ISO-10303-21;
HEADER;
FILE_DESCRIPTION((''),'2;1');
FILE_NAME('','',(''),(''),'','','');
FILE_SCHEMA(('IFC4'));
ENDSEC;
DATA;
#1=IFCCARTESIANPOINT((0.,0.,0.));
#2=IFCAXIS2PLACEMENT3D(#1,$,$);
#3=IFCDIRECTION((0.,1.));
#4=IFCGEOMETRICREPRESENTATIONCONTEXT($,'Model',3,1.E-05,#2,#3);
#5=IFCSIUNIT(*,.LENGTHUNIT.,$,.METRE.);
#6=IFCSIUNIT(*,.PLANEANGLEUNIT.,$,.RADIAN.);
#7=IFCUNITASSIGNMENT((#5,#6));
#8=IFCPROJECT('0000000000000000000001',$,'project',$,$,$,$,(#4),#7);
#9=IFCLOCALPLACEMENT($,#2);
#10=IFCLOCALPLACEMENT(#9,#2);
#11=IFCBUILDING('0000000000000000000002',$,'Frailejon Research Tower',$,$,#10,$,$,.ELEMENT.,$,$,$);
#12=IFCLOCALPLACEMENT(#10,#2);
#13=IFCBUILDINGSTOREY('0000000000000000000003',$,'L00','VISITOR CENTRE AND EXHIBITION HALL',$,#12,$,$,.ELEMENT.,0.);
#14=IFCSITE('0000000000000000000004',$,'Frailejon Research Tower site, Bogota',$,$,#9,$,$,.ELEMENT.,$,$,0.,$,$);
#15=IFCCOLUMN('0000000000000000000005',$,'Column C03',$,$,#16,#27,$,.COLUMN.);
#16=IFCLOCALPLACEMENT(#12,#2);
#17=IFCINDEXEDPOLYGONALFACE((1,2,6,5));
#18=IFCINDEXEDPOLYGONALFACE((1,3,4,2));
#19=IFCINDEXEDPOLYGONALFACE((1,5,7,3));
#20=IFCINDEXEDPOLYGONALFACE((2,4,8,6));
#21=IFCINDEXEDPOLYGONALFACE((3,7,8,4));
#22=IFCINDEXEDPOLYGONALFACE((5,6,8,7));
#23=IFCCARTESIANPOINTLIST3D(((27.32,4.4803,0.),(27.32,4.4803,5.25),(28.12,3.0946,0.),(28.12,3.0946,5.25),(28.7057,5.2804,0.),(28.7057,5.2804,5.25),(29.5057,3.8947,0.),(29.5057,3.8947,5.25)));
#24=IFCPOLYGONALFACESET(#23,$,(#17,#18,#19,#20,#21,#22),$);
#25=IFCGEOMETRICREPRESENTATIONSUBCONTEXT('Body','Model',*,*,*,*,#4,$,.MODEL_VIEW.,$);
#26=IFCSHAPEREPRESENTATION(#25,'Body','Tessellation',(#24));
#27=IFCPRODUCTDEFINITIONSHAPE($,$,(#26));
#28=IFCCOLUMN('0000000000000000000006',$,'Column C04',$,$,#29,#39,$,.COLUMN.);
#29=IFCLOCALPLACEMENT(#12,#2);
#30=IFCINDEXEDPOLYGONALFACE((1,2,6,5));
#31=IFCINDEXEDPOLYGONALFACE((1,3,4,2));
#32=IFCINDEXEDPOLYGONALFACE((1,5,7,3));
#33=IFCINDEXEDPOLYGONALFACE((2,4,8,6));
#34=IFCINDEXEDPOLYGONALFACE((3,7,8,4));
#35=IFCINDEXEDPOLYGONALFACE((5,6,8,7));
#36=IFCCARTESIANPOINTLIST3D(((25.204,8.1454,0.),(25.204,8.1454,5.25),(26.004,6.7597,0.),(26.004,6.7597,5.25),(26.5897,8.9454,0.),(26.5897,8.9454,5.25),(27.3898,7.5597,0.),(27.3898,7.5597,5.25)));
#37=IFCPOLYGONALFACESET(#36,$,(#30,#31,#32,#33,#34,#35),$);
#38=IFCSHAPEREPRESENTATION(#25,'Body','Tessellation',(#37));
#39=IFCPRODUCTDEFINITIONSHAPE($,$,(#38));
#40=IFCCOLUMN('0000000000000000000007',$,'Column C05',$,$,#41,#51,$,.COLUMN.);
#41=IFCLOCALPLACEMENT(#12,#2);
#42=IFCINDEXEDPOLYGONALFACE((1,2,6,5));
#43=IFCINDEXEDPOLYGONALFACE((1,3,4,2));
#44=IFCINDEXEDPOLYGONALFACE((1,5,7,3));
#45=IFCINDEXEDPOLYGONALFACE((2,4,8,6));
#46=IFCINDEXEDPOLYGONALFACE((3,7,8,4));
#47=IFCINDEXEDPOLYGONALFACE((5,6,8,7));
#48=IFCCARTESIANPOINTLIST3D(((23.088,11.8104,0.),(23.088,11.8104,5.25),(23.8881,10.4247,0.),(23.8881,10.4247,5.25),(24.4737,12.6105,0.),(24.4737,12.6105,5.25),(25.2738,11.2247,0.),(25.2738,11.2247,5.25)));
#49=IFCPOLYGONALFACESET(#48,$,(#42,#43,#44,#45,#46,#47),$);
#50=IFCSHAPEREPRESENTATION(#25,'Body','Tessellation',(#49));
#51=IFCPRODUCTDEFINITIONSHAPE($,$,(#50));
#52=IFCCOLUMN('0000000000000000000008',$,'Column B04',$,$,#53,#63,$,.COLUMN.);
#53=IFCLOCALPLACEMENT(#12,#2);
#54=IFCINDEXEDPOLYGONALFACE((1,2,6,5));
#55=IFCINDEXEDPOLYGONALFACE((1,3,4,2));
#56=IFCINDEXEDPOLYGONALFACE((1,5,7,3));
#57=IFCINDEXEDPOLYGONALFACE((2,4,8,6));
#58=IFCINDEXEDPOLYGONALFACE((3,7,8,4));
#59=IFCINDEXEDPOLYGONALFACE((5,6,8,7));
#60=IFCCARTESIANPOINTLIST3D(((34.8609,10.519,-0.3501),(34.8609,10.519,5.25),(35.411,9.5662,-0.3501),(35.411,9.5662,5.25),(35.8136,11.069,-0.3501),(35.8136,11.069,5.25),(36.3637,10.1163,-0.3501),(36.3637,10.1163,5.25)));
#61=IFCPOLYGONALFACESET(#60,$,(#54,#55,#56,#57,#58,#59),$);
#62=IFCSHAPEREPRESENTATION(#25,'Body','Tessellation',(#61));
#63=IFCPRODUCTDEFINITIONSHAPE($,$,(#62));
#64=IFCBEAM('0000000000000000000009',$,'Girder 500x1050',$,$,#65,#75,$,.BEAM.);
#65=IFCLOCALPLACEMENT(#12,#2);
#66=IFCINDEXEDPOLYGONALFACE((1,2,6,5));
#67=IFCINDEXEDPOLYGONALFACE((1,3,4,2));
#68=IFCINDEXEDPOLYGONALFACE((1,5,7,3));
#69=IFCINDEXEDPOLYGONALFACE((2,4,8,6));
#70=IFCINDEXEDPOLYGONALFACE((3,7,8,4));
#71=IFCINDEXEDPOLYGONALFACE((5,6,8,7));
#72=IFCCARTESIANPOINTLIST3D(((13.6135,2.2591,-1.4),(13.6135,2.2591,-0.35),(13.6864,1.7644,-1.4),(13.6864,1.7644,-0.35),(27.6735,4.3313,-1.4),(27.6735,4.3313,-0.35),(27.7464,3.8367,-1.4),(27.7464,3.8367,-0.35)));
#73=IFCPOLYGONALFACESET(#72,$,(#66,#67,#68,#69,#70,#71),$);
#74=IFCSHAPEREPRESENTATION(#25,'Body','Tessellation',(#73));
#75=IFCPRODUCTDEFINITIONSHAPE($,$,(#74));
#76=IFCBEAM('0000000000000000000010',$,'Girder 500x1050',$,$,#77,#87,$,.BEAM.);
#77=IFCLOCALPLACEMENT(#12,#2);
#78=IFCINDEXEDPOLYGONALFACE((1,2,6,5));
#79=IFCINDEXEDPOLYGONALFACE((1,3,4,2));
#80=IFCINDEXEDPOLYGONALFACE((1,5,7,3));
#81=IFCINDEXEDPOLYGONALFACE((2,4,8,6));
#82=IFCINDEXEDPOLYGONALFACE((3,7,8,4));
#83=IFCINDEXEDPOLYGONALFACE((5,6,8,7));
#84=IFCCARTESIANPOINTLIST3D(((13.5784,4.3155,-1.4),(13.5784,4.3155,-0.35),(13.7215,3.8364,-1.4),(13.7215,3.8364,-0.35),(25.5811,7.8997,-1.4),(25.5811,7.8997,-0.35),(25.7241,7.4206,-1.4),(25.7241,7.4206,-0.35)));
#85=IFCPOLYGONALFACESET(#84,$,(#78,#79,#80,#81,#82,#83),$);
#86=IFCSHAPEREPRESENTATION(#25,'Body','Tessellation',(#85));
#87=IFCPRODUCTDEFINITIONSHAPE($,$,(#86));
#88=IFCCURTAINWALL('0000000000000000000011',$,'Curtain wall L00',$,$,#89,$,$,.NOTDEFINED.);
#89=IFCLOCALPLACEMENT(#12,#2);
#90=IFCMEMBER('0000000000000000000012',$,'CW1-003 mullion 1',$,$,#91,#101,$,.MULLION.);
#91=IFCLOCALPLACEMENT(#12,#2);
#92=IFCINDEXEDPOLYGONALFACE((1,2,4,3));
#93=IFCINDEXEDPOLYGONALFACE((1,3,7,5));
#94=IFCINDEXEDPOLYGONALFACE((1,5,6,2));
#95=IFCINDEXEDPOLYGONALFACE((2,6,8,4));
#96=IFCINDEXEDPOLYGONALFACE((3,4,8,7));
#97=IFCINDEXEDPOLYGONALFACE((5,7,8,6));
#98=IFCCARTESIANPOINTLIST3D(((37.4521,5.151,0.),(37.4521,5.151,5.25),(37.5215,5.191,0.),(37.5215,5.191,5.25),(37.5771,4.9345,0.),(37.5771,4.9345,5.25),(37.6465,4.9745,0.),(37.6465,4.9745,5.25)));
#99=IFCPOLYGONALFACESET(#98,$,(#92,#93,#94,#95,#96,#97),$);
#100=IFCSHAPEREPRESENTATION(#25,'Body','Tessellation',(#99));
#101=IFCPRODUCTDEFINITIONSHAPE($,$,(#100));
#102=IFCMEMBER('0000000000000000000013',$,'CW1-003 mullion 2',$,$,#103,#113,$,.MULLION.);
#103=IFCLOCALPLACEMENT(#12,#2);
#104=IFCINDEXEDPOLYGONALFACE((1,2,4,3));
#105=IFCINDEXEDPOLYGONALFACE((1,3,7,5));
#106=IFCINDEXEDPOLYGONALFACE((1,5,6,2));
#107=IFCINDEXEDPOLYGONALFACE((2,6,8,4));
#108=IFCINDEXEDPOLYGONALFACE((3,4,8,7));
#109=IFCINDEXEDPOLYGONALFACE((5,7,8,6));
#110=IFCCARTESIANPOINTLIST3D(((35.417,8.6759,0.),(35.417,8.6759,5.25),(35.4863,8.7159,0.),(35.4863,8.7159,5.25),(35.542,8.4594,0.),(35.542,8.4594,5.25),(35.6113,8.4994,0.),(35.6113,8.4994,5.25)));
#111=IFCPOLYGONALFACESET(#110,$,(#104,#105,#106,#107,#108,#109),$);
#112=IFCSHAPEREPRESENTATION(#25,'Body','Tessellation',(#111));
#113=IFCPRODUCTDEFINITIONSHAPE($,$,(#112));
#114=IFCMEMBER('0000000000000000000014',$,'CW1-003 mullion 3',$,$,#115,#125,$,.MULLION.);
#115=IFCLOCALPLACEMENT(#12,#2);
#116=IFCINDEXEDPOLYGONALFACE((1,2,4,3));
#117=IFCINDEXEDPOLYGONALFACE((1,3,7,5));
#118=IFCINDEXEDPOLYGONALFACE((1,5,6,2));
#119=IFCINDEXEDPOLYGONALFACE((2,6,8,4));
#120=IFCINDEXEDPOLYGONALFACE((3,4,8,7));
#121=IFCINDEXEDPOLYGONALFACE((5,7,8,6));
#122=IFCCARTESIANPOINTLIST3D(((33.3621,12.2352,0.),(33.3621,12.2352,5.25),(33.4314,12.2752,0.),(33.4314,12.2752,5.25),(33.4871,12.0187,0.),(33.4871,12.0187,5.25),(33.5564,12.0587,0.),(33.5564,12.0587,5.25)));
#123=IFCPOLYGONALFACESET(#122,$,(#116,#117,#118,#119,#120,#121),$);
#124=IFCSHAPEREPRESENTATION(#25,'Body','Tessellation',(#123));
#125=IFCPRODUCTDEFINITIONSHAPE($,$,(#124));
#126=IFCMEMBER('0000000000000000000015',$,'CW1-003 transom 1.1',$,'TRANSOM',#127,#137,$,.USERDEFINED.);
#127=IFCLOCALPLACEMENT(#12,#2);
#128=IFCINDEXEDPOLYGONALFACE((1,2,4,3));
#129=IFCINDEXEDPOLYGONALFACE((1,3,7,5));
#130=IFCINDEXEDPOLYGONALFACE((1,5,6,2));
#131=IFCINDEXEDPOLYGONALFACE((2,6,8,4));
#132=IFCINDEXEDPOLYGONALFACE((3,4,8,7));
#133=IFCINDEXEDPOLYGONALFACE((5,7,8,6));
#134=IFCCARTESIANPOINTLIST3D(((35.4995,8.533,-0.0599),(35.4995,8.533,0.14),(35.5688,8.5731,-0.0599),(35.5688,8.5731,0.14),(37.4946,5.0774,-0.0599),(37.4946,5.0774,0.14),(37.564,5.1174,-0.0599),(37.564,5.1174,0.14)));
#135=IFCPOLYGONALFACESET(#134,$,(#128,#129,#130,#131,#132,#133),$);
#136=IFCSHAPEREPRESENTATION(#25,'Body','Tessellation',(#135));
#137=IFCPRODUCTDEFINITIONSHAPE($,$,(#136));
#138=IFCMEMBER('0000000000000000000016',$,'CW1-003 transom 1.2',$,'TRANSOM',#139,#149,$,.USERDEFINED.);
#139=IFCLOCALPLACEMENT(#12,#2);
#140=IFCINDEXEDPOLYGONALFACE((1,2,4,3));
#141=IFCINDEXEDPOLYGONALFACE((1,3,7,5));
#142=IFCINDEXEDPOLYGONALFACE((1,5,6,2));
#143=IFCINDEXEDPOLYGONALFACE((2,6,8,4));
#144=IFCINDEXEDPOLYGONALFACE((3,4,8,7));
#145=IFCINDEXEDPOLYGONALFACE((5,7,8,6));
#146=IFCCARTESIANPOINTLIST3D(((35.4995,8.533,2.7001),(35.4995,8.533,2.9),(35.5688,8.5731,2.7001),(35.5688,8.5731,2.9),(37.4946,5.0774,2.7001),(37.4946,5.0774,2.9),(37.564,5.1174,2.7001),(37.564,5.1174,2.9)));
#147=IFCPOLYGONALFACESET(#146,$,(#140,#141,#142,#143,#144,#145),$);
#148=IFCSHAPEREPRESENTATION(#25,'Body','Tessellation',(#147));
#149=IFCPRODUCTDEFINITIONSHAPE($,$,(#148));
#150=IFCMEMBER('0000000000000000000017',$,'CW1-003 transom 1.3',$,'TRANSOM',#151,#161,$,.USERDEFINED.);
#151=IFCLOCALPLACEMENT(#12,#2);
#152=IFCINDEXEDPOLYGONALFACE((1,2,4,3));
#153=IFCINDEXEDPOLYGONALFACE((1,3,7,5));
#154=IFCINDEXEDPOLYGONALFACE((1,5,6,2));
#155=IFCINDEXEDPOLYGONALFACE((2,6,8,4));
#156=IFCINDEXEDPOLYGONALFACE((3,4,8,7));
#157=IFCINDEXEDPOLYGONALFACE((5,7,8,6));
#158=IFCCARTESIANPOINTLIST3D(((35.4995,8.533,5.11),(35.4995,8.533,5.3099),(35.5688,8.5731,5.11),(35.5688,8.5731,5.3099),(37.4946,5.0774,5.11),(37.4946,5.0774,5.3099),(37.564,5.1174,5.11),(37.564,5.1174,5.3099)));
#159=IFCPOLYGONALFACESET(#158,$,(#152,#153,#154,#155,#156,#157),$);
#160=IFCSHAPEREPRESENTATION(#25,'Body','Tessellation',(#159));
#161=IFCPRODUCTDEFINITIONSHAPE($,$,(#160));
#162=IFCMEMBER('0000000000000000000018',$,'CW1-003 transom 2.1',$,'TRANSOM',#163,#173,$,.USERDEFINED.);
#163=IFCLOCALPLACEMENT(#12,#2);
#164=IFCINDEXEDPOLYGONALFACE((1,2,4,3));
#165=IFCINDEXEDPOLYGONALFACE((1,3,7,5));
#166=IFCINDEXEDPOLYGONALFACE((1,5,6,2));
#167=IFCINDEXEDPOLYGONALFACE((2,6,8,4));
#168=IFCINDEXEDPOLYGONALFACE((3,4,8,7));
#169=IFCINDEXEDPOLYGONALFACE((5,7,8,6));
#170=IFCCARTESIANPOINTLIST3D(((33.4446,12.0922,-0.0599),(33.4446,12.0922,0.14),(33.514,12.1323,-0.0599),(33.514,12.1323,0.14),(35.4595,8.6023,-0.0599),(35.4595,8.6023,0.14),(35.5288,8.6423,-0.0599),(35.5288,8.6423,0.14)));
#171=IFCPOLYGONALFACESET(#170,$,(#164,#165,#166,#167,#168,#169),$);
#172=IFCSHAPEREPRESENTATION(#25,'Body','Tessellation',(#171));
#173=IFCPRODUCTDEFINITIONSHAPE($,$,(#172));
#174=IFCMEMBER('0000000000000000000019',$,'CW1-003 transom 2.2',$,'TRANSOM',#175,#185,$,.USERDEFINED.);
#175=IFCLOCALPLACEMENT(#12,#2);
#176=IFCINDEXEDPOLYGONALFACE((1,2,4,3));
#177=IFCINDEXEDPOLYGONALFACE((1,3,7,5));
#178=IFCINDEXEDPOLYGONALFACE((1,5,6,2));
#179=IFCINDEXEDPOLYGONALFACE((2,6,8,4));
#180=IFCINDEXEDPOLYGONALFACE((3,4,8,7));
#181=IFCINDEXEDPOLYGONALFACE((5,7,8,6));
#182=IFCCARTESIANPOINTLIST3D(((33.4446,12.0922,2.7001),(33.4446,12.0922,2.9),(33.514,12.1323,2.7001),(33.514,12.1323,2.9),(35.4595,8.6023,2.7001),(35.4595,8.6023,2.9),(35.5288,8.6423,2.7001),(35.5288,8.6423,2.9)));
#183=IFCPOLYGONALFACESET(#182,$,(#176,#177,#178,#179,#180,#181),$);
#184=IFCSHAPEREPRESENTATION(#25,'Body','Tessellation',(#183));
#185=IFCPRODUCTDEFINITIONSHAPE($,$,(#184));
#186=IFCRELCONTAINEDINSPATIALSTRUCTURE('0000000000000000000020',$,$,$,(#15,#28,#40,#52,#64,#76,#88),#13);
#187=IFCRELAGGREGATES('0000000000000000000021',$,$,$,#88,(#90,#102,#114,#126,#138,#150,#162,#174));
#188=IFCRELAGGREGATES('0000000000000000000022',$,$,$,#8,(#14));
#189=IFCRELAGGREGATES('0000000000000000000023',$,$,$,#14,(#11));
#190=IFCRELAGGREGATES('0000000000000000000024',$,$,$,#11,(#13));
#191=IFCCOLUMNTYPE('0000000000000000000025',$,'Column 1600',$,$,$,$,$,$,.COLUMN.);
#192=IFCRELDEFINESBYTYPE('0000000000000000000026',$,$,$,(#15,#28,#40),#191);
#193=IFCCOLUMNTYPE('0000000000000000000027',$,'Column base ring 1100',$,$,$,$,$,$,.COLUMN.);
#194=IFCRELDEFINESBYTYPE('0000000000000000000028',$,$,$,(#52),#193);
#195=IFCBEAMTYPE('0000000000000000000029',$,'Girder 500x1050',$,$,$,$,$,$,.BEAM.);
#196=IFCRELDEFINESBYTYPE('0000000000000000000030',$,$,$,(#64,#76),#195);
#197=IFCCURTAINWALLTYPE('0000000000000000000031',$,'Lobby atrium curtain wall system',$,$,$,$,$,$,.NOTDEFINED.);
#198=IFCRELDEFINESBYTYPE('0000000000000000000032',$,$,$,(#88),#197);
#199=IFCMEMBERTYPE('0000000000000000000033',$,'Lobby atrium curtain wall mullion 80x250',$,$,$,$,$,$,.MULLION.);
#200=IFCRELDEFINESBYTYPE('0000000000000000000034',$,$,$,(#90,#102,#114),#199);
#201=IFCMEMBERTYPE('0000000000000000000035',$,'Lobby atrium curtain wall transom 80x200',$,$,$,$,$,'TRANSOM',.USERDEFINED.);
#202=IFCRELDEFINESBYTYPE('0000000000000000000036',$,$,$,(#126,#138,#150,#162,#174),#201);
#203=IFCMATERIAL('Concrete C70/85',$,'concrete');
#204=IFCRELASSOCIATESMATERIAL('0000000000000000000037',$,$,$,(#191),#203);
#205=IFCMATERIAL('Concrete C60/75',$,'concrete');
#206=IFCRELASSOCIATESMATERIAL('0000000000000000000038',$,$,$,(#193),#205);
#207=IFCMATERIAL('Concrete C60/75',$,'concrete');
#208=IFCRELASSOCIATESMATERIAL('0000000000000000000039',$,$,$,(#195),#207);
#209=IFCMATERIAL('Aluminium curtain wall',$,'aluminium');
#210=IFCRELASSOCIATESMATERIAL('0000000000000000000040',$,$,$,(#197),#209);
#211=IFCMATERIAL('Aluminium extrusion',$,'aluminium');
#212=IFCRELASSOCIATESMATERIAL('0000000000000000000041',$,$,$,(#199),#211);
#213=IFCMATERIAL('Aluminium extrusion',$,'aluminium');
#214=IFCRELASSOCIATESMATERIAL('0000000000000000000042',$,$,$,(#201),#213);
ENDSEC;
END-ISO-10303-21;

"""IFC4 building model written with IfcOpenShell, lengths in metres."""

from ifc_helpers import new_model, si_unit, direction, frame, origin, origin_2d, place, context, subcontext, project, spatial, rectangle, extrude, material, material_profile, profile_set, type_object, element, aggregate, save


model = new_model("IFC4")

# Units and contexts
model_context = context("Model", 3, precision=1e-05, world=origin(), true_north=direction((0.0, 1.0)))
body_context = subcontext(model_context, "Body", "Model", "MODEL_VIEW")
ifc_project = project(units=[si_unit("LENGTHUNIT", "METRE"), si_unit("PLANEANGLEUNIT", "RADIAN")], contexts=[model_context])

# Site, building, storey
site_placement = place(None, origin())
site = spatial("IfcSite", under=ifc_project, at=site_placement, Name="Frailejon Research Tower site, Bogota", CompositionType="ELEMENT", RefElevation=0.0)
building_placement = place(site_placement, origin())
building = spatial("IfcBuilding", under=site, at=building_placement, Name="Frailejon Research Tower", CompositionType="ELEMENT")
storey_placement = place(building_placement, origin())
storey = spatial("IfcBuildingStorey", under=building, at=storey_placement, Name="L00", Description="VISITOR CENTRE AND EXHIBITION HALL", CompositionType="ELEMENT", Elevation=0.0)

# Columns
ifc_material_1 = material(Name="Concrete C70/85", Category="concrete")
ifc_material_profile_1 = material_profile(ifc_material_1, rectangle(XDim=1.6001, YDim=1.6001, at=origin_2d()), Name="Column 1600")
ifc_profile_set_1 = profile_set([ifc_material_profile_1], Name="Concrete C70/85")
column_type_1 = type_object("IfcColumnType", Name="Column 1600", PredefinedType="COLUMN", material=ifc_profile_set_1)
for number, where, z_axis, x_axis, name in (
    (1, (28.4128, 4.1875, 0.0), (0.0, 0.0, 1.0), (-0.5, 0.866025, 0.0), "Column C03"),
    (2, (26.2969, 7.8525, 0.0), (0.0, 0.0, 1.0), (-0.5, 0.866025, 0.0), "Column C04"),
    (3, (24.1809, 11.5176, 0.0), (0.0, 0.0, 1.0), (-0.5, 0.866025, 0.0), "Column C05"),
):
    element("IfcColumn", number, at=place(storey_placement, frame(where, z_axis=z_axis, x_axis=x_axis)), inside=storey, type_object=column_type_1, Name=name, PredefinedType="COLUMN", context=body_context, shape_type="SweptSolid", body=[
        extrude(rectangle(XDim=1.6001, YDim=1.6001, at=origin_2d()), origin(), (0.0, 0.0, 1.0), 5.25),
    ])
ifc_material_2 = material(Name="Concrete C60/75", Category="concrete")
ifc_material_profile_2 = material_profile(ifc_material_2, rectangle(XDim=1.1001, YDim=1.1001, at=origin_2d()), Name="Column base ring 1100")
ifc_profile_set_2 = profile_set([ifc_material_profile_2], Name="Concrete C60/75")
column_type_2 = type_object("IfcColumnType", Name="Column base ring 1100", PredefinedType="COLUMN", material=ifc_profile_set_2)
column_placement = place(storey_placement, frame((35.6123, 10.3176, -0.3501), z_axis=(0.0, 0.0, 1.0), x_axis=(-0.5, 0.866025, 0.0)))
element("IfcColumn", 4, at=column_placement, inside=storey, type_object=column_type_2, Name="Column B04", PredefinedType="COLUMN", context=body_context, shape_type="SweptSolid", body=[
    extrude(rectangle(XDim=1.1001, YDim=1.1001, at=origin_2d()), origin(), (0.0, 0.0, 1.0), 5.6001),
])

# Beams
ifc_material_3 = material(Name="Concrete C60/75", Category="concrete")
ifc_material_profile_3 = material_profile(ifc_material_3, rectangle(XDim=0.5, YDim=1.05, at=origin_2d()), Name="Girder 500x1050")
ifc_profile_set_3 = profile_set([ifc_material_profile_3], Name="Concrete C60/75")
beam_type_1 = type_object("IfcBeamType", Name="Girder 500x1050", PredefinedType="BEAM", material=ifc_profile_set_3)
beam_1_placement = place(storey_placement, frame((27.71, 4.084, -0.875), z_axis=(-0.989312, -0.145811, 0.0), x_axis=(0.145811, -0.989312, 0.0)))
element("IfcBeam", 5, at=beam_1_placement, inside=storey, type_object=beam_type_1, Name="Girder 500x1050", PredefinedType="BEAM", context=body_context, shape_type="SweptSolid", body=[
    extrude(rectangle(XDim=0.5, YDim=1.05, at=origin_2d()), origin(), (0.0, 0.0, 1.0), 14.2119),
])
beam_2_placement = place(storey_placement, frame((25.6526, 7.6602, -0.875), z_axis=(-0.95819, -0.286134, 0.0), x_axis=(0.286134, -0.95819, 0.0)))
element("IfcBeam", 6, at=beam_2_placement, inside=storey, type_object=beam_type_1, Name="Girder 500x1050", PredefinedType="BEAM", context=body_context, shape_type="SweptSolid", body=[
    extrude(rectangle(XDim=0.5, YDim=1.05, at=origin_2d()), origin(), (0.0, 0.0, 1.0), 12.5264),
])

# Curtain wall, members
ifc_material_4 = material(Name="Aluminium curtain wall", Category="aluminium")
curtain_wall_type = type_object("IfcCurtainWallType", Name="Lobby atrium curtain wall system", PredefinedType="NOTDEFINED", material=ifc_material_4)
curtain_wall_placement = place(storey_placement, origin())
curtain_wall = element("IfcCurtainWall", 7, at=curtain_wall_placement, inside=storey, type_object=curtain_wall_type, Name="Curtain wall L00", PredefinedType="NOTDEFINED")
ifc_material_5 = material(Name="Aluminium extrusion", Category="aluminium")
ifc_material_profile_4 = material_profile(ifc_material_5, rectangle(XDim=0.0801, YDim=0.25, at=origin_2d()), Name="Lobby atrium curtain wall mullion 80x250")
ifc_profile_set_4 = profile_set([ifc_material_profile_4], Name="Aluminium extrusion")
member_type_1 = type_object("IfcMemberType", Name="Lobby atrium curtain wall mullion 80x250", PredefinedType="MULLION", material=ifc_profile_set_4)
member_1_placement = place(storey_placement, frame((37.5493, 5.0627, 0.0), z_axis=(0.0, 0.0, 1.0), x_axis=(-0.866026, -0.5, 0.0)))
member_1 = element("IfcMember", 8, at=member_1_placement, type_object=member_type_1, Name="CW1-003 mullion 1", PredefinedType="MULLION", context=body_context, shape_type="SweptSolid", body=[
    extrude(rectangle(XDim=0.0801, YDim=0.25, at=origin_2d()), origin(), (0.0, 0.0, 1.0), 5.25),
])
member_2_placement = place(storey_placement, frame((35.5142, 8.5876, 0.0), z_axis=(0.0, 0.0, 1.0), x_axis=(-0.866026, -0.5, 0.0)))
member_2 = element("IfcMember", 9, at=member_2_placement, type_object=member_type_1, Name="CW1-003 mullion 2", PredefinedType="MULLION", context=body_context, shape_type="SweptSolid", body=[
    extrude(rectangle(XDim=0.0801, YDim=0.25, at=origin_2d()), origin(), (0.0, 0.0, 1.0), 5.25),
])
member_3_placement = place(storey_placement, frame((33.4592, 12.147, 0.0), z_axis=(0.0, 0.0, 1.0), x_axis=(-0.866026, -0.5, 0.0)))
member_3 = element("IfcMember", 10, at=member_3_placement, type_object=member_type_1, Name="CW1-003 mullion 3", PredefinedType="MULLION", context=body_context, shape_type="SweptSolid", body=[
    extrude(rectangle(XDim=0.0801, YDim=0.25, at=origin_2d()), origin(), (0.0, 0.0, 1.0), 5.25),
])
ifc_material_6 = material(Name="Aluminium extrusion", Category="aluminium")
ifc_material_profile_5 = material_profile(ifc_material_6, rectangle(XDim=0.0801, YDim=0.2, at=origin_2d()), Name="Lobby atrium curtain wall transom 80x200")
ifc_profile_set_5 = profile_set([ifc_material_profile_5], Name="Aluminium extrusion")
member_type_2 = type_object("IfcMemberType", Name="Lobby atrium curtain wall transom 80x200", ElementType="TRANSOM", PredefinedType="USERDEFINED", material=ifc_profile_set_5)
member_4_placement = place(storey_placement, frame((37.5293, 5.0974, 0.04), z_axis=(-0.500008, 0.866021, 0.0), x_axis=(-0.866021, -0.500008, 0.0)))
member_4 = element("IfcMember", 11, at=member_4_placement, type_object=member_type_2, Name="CW1-003 transom 1.1", ObjectType="TRANSOM", PredefinedType="USERDEFINED", context=body_context, shape_type="SweptSolid", body=[
    extrude(rectangle(XDim=0.0801, YDim=0.2, at=origin_2d()), origin(), (0.0, 0.0, 1.0), 3.9902),
])
member_5_placement = place(storey_placement, frame((37.5293, 5.0974, 2.8), z_axis=(-0.500008, 0.866021, 0.0), x_axis=(-0.866021, -0.500008, 0.0)))
member_5 = element("IfcMember", 12, at=member_5_placement, type_object=member_type_2, Name="CW1-003 transom 1.2", ObjectType="TRANSOM", PredefinedType="USERDEFINED", context=body_context, shape_type="SweptSolid", body=[
    extrude(rectangle(XDim=0.0801, YDim=0.2, at=origin_2d()), origin(), (0.0, 0.0, 1.0), 3.9902),
])
member_6_placement = place(storey_placement, frame((37.5293, 5.0974, 5.21), z_axis=(-0.500008, 0.866021, 0.0), x_axis=(-0.866021, -0.500008, 0.0)))
member_6 = element("IfcMember", 13, at=member_6_placement, type_object=member_type_2, Name="CW1-003 transom 1.3", ObjectType="TRANSOM", PredefinedType="USERDEFINED", context=body_context, shape_type="SweptSolid", body=[
    extrude(rectangle(XDim=0.0801, YDim=0.2, at=origin_2d()), origin(), (0.0, 0.0, 1.0), 3.9902),
])
member_7_placement = place(storey_placement, frame((35.4941, 8.6223, 0.04), z_axis=(-0.49999, 0.866031, 0.0), x_axis=(-0.866031, -0.49999, 0.0)))
member_7 = element("IfcMember", 14, at=member_7_placement, type_object=member_type_2, Name="CW1-003 transom 2.1", ObjectType="TRANSOM", PredefinedType="USERDEFINED", context=body_context, shape_type="SweptSolid", body=[
    extrude(rectangle(XDim=0.0801, YDim=0.2, at=origin_2d()), origin(), (0.0, 0.0, 1.0), 4.0298),
])
member_8_placement = place(storey_placement, frame((35.4941, 8.6223, 2.8), z_axis=(-0.49999, 0.866031, 0.0), x_axis=(-0.866031, -0.49999, 0.0)))
member_8 = element("IfcMember", 15, at=member_8_placement, type_object=member_type_2, Name="CW1-003 transom 2.2", ObjectType="TRANSOM", PredefinedType="USERDEFINED", context=body_context, shape_type="SweptSolid", body=[
    extrude(rectangle(XDim=0.0801, YDim=0.2, at=origin_2d()), origin(), (0.0, 0.0, 1.0), 4.0298),
])

aggregate(curtain_wall, [member_1, member_2, member_3, member_4, member_5, member_6, member_7, member_8])

save(model, "model.ifc")
